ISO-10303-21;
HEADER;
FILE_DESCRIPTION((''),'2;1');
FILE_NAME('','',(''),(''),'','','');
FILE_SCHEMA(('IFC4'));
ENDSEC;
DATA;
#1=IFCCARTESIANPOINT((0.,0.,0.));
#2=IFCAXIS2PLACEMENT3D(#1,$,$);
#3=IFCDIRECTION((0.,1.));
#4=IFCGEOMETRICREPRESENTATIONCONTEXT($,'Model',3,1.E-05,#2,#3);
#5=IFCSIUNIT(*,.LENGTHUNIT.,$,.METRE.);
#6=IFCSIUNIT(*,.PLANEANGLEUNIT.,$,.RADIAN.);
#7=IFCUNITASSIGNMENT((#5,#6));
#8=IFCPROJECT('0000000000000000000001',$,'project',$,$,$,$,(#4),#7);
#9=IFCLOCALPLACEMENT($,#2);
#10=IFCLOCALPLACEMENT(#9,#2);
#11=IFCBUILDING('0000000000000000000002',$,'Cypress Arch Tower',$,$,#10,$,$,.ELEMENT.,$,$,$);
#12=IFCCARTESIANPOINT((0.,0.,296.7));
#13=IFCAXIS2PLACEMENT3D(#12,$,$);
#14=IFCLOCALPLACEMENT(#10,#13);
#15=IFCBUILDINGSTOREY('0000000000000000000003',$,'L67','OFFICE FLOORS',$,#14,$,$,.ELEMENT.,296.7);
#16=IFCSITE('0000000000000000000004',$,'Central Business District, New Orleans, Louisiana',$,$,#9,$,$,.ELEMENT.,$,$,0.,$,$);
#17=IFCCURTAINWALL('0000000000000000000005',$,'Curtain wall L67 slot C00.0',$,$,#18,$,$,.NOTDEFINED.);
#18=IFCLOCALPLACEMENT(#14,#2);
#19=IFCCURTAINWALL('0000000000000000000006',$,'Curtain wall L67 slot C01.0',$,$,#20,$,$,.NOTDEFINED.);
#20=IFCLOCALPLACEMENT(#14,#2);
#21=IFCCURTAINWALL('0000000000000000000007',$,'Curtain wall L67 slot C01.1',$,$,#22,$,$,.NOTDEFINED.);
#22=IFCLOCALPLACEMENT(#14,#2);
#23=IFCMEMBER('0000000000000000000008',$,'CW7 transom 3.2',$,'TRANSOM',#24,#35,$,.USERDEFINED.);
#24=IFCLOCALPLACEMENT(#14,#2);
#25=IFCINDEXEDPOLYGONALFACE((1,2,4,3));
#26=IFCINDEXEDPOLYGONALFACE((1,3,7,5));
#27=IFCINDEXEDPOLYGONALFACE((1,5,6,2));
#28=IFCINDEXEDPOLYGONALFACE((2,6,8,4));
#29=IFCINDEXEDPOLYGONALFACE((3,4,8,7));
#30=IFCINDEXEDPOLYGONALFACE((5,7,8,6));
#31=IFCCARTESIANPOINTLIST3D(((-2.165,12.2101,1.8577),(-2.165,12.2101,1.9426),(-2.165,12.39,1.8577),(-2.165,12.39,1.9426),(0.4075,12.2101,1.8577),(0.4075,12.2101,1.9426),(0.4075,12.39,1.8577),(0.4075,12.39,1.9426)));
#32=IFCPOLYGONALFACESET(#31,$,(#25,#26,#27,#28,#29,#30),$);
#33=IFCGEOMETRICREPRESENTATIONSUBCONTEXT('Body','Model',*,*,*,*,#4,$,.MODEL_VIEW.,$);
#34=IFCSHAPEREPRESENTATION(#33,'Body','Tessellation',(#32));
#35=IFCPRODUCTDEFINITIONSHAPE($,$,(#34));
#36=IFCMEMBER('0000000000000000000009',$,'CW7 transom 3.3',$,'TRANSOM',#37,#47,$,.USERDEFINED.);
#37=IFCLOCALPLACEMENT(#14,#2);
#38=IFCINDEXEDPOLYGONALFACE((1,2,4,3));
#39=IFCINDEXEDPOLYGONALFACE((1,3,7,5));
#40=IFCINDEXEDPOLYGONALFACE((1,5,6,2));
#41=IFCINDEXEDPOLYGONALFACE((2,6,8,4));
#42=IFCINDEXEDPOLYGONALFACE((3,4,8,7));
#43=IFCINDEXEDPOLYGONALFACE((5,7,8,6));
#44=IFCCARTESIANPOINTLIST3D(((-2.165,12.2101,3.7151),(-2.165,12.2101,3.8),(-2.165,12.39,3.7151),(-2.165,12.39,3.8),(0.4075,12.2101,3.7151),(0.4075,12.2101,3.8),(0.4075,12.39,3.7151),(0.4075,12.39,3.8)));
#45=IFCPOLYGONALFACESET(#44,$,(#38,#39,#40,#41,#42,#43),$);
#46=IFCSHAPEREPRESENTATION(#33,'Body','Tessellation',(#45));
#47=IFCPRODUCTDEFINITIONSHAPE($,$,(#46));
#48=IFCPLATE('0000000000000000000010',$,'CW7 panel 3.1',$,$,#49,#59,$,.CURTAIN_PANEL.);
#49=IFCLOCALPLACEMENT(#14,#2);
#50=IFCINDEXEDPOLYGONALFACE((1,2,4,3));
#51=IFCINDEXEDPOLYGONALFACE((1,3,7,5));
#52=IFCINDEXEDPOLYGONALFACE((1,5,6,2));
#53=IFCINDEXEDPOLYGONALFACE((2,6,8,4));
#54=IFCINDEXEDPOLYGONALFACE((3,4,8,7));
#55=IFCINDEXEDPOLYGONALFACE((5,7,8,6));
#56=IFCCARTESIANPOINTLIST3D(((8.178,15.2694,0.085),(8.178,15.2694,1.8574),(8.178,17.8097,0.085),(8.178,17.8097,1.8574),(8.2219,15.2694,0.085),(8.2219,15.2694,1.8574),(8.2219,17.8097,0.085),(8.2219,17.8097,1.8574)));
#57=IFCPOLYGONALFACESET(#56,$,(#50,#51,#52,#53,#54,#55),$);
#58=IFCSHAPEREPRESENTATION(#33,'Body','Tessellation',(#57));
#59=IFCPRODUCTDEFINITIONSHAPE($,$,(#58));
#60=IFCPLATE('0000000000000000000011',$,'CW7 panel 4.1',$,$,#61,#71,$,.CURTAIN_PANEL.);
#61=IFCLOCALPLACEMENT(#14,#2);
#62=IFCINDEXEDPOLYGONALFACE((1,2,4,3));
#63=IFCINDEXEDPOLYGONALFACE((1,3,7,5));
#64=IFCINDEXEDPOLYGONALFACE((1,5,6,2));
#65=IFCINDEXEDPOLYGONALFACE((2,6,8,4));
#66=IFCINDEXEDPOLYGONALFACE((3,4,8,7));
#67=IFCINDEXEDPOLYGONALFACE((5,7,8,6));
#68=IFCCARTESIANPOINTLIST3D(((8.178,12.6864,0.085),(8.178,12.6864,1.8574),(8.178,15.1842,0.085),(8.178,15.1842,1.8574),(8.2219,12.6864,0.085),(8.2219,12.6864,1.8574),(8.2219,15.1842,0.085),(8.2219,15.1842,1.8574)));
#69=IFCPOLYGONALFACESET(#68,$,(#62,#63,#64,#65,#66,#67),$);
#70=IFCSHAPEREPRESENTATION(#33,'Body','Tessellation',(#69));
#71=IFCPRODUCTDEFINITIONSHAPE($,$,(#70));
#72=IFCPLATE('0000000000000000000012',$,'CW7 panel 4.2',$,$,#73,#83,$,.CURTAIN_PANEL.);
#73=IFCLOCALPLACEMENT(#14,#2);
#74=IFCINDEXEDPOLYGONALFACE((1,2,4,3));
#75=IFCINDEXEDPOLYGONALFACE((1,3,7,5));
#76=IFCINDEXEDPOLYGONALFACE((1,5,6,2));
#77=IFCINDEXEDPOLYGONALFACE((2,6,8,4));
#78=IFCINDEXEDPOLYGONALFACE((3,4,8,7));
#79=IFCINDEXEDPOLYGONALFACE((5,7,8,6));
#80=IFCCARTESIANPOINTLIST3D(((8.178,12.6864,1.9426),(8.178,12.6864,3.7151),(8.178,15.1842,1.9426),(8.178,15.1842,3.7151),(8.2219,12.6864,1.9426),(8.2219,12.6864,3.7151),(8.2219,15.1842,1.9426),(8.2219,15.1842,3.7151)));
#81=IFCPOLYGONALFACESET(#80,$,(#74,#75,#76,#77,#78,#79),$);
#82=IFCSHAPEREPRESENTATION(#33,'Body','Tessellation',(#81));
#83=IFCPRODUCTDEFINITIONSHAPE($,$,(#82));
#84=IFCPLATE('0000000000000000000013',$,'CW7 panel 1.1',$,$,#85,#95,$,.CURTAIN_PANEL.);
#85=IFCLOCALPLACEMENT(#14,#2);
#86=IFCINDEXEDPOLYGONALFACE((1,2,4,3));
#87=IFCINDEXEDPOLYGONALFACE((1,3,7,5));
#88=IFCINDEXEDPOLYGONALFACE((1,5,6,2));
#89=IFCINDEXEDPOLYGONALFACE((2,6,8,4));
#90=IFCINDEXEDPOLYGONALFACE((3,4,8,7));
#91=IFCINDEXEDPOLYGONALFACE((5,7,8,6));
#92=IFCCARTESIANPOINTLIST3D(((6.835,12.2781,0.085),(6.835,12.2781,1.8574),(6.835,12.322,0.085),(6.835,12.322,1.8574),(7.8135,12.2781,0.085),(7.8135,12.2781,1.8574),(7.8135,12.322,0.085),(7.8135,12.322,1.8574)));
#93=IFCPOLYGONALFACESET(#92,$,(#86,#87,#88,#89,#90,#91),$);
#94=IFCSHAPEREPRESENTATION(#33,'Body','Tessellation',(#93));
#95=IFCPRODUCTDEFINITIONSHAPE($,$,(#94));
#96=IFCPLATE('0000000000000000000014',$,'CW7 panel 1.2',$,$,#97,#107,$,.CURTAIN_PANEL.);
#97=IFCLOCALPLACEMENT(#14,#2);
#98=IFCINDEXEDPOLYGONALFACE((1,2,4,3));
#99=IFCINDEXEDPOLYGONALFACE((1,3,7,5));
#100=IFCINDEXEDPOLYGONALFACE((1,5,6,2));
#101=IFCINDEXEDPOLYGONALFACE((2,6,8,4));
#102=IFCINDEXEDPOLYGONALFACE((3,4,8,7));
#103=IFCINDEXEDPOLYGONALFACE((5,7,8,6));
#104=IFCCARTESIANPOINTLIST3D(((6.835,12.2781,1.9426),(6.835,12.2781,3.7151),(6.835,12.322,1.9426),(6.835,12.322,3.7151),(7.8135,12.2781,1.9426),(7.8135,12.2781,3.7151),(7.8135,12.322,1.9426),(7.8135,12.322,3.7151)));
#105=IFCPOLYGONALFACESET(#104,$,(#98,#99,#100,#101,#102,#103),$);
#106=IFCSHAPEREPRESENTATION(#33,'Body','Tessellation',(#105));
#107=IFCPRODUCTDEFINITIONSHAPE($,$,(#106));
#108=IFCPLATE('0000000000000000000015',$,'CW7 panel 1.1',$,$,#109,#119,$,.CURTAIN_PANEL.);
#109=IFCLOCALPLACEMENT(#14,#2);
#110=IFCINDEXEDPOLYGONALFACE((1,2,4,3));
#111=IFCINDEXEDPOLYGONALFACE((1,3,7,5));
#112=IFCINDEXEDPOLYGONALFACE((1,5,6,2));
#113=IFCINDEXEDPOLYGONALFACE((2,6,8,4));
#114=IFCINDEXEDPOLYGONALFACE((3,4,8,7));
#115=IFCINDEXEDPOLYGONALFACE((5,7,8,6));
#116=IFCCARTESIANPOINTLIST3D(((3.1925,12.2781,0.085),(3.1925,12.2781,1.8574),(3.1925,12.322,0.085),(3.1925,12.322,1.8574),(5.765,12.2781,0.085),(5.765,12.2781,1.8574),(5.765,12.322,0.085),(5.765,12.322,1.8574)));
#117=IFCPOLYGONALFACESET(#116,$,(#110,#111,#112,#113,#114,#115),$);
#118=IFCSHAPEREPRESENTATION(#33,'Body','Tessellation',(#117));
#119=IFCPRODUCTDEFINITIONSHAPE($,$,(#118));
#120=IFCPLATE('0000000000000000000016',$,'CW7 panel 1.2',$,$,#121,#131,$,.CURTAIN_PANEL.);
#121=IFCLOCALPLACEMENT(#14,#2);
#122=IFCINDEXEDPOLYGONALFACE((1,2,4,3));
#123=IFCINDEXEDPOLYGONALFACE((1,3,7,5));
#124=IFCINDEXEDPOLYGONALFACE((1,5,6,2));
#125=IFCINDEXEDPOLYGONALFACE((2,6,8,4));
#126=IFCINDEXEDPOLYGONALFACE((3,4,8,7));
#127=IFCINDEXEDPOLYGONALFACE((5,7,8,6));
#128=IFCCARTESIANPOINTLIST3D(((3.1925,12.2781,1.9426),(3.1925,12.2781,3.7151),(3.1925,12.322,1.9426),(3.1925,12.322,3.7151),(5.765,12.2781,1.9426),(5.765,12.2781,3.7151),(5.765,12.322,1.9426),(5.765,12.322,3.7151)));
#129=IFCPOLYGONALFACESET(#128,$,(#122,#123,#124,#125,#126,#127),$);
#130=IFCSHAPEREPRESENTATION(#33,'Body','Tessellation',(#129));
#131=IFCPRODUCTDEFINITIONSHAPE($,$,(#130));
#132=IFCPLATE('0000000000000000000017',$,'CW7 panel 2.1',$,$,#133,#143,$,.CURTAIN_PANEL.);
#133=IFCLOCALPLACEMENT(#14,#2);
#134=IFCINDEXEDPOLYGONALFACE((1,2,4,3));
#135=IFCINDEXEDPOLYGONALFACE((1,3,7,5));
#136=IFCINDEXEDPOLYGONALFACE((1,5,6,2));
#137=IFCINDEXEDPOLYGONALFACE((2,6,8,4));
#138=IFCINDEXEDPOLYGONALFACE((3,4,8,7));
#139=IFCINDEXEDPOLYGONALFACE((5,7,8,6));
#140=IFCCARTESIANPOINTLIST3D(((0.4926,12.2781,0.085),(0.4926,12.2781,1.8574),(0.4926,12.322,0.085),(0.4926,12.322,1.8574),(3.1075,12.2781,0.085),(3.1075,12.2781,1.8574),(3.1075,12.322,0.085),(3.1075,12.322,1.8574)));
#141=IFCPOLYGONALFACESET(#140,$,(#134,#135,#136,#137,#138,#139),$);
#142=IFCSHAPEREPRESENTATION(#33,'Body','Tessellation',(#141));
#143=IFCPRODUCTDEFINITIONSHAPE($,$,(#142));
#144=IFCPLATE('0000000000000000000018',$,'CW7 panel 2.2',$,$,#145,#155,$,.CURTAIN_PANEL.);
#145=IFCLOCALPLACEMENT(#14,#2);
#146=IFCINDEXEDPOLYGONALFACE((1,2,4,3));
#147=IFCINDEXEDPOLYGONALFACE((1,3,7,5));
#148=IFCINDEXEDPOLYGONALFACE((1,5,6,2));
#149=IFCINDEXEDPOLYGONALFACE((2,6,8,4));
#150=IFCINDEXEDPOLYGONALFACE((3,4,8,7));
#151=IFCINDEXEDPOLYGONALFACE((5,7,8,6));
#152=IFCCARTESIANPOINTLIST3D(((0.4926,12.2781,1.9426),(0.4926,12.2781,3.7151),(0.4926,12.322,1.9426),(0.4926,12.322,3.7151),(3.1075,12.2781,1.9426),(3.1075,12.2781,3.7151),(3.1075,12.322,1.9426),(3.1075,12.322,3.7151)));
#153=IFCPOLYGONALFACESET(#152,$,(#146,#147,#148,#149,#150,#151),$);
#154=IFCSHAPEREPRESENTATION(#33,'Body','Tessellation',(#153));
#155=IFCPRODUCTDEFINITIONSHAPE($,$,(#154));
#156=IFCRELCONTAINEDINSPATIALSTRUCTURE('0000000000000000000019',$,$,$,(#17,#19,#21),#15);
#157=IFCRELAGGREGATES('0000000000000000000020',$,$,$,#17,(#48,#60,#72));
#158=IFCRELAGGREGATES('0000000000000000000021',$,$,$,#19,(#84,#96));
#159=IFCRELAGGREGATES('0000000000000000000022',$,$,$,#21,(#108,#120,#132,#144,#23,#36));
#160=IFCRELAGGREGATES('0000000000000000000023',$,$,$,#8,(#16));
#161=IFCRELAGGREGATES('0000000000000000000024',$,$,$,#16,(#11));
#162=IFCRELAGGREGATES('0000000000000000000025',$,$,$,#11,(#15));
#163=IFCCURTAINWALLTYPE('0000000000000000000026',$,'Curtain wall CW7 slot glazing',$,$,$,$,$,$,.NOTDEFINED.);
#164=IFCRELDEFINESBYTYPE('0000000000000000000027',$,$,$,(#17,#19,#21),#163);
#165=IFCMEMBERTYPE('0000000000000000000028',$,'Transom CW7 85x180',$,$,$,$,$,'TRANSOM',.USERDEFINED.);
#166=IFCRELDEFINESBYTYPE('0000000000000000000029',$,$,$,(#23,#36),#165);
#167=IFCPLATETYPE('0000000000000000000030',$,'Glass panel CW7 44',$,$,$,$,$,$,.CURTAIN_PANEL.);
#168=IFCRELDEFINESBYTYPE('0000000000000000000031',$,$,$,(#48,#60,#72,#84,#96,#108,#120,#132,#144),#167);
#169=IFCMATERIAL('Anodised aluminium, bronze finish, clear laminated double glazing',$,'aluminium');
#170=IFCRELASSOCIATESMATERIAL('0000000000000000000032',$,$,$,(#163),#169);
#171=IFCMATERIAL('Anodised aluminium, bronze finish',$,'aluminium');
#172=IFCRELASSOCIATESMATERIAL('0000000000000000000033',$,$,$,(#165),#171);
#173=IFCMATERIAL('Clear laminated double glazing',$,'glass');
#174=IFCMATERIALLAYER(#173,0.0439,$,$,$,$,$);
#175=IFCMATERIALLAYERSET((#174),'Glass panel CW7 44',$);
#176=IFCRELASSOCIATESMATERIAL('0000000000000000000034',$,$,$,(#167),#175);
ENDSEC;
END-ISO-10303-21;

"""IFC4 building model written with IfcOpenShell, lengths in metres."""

from ifc_helpers import new_model, si_unit, direction, frame, origin, origin_2d, place, context, subcontext, project, spatial, rectangle, extrude, material, layer, layer_set, material_profile, profile_set, type_object, element, aggregate, save


model = new_model("IFC4")

# Units and contexts
model_context = context("Model", 3, precision=1e-05, world=origin(), true_north=direction((0.0, 1.0)))
body_context = subcontext(model_context, "Body", "Model", "MODEL_VIEW")
ifc_project = project(units=[si_unit("LENGTHUNIT", "METRE"), si_unit("PLANEANGLEUNIT", "RADIAN")], contexts=[model_context])

# Site, building, storey
site_placement = place(None, origin())
site = spatial("IfcSite", under=ifc_project, at=site_placement, Name="Central Business District, New Orleans, Louisiana", CompositionType="ELEMENT", RefElevation=0.0)
building_placement = place(site_placement, origin())
building = spatial("IfcBuilding", under=site, at=building_placement, Name="Cypress Arch Tower", CompositionType="ELEMENT")
storey_placement = place(building_placement, frame((0.0, 0.0, 296.7)))
storey = spatial("IfcBuildingStorey", under=building, at=storey_placement, Name="L67", Description="OFFICE FLOORS", CompositionType="ELEMENT", Elevation=296.7)

# Curtain walls
ifc_material_1 = material(Name="Anodised aluminium, bronze finish, clear laminated double glazing", Category="aluminium")
curtain_wall_type = type_object("IfcCurtainWallType", Name="Curtain wall CW7 slot glazing", PredefinedType="NOTDEFINED", material=ifc_material_1)
curtain_wall_1_placement = place(storey_placement, origin())
curtain_wall_1 = element("IfcCurtainWall", 1, at=curtain_wall_1_placement, inside=storey, type_object=curtain_wall_type, Name="Curtain wall L67 slot C00.0", PredefinedType="NOTDEFINED")
curtain_wall_2_placement = place(storey_placement, origin())
curtain_wall_2 = element("IfcCurtainWall", 2, at=curtain_wall_2_placement, inside=storey, type_object=curtain_wall_type, Name="Curtain wall L67 slot C01.0", PredefinedType="NOTDEFINED")
curtain_wall_3_placement = place(storey_placement, origin())
curtain_wall_3 = element("IfcCurtainWall", 3, at=curtain_wall_3_placement, inside=storey, type_object=curtain_wall_type, Name="Curtain wall L67 slot C01.1", PredefinedType="NOTDEFINED")

# Members
ifc_material_2 = material(Name="Anodised aluminium, bronze finish", Category="aluminium")
ifc_material_profile_1 = material_profile(ifc_material_2, rectangle(XDim=0.1799, YDim=0.085, at=origin_2d()), Name="Transom 85x180")
ifc_profile_set_1 = profile_set([ifc_material_profile_1], Name="Anodised aluminium, bronze finish")
member_type_1 = type_object("IfcMemberType", Name="Transom CW7 85x180", ElementType="TRANSOM", PredefinedType="USERDEFINED", material=ifc_profile_set_1)
member_1_placement = place(storey_placement, frame((0.4075, 12.3, 1.9001), z_axis=(-1.0, 0.0, 0.0), x_axis=(0.0, -1.0, 0.0)))
member_1 = element("IfcMember", 4, at=member_1_placement, type_object=member_type_1, Name="CW7 transom 3.2", ObjectType="TRANSOM", PredefinedType="USERDEFINED", context=body_context, shape_type="SweptSolid", body=[
    extrude(rectangle(XDim=0.1799, YDim=0.085, at=origin_2d()), origin(), (0.0, 0.0, 1.0), 2.5725),
])
member_2_placement = place(storey_placement, frame((0.4075, 12.3, 3.7576), z_axis=(-1.0, 0.0, 0.0), x_axis=(0.0, -1.0, 0.0)))
member_2 = element("IfcMember", 5, at=member_2_placement, type_object=member_type_1, Name="CW7 transom 3.3", ObjectType="TRANSOM", PredefinedType="USERDEFINED", context=body_context, shape_type="SweptSolid", body=[
    extrude(rectangle(XDim=0.1799, YDim=0.085, at=origin_2d()), origin(), (0.0, 0.0, 1.0), 2.5725),
])

# Plates
ifc_material_3 = material(Name="Clear laminated double glazing", Category="glass")
ifc_layer = layer(ifc_material_3, 0.0439)
ifc_layer_set = layer_set([ifc_layer], Name="Glass panel CW7 44")
plate_type = type_object("IfcPlateType", Name="Glass panel CW7 44", PredefinedType="CURTAIN_PANEL", material=ifc_layer_set)
plate_1_placement = place(storey_placement, frame((8.2, 16.5396, 0.085), z_axis=(0.0, 0.0, 1.0), x_axis=(0.0, -1.0, 0.0)))
plate_1 = element("IfcPlate", 6, at=plate_1_placement, type_object=plate_type, Name="CW7 panel 3.1", PredefinedType="CURTAIN_PANEL", context=body_context, shape_type="SweptSolid", body=[
    extrude(rectangle(XDim=2.5403, YDim=0.0439, at=origin_2d()), origin(), (0.0, 0.0, 1.0), 1.7725),
])
plate_2_placement = place(storey_placement, frame((8.2, 13.9353, 0.085), z_axis=(0.0, 0.0, 1.0), x_axis=(0.0, -1.0, 0.0)))
plate_2 = element("IfcPlate", 7, at=plate_2_placement, type_object=plate_type, Name="CW7 panel 4.1", PredefinedType="CURTAIN_PANEL", context=body_context, shape_type="SweptSolid", body=[
    extrude(rectangle(XDim=2.4978, YDim=0.0439, at=origin_2d()), origin(), (0.0, 0.0, 1.0), 1.7725),
])
plate_3_placement = place(storey_placement, frame((8.2, 13.9353, 1.9426), z_axis=(0.0, 0.0, 1.0), x_axis=(0.0, -1.0, 0.0)))
plate_3 = element("IfcPlate", 8, at=plate_3_placement, type_object=plate_type, Name="CW7 panel 4.2", PredefinedType="CURTAIN_PANEL", context=body_context, shape_type="SweptSolid", body=[
    extrude(rectangle(XDim=2.4978, YDim=0.0439, at=origin_2d()), origin(), (0.0, 0.0, 1.0), 1.7725),
])
aggregate(curtain_wall_1, [plate_1, plate_2, plate_3])
plate_4_placement = place(storey_placement, frame((7.3242, 12.3, 0.085), z_axis=(0.0, 0.0, 1.0), x_axis=(-1.0, 0.0, 0.0)))
plate_4 = element("IfcPlate", 9, at=plate_4_placement, type_object=plate_type, Name="CW7 panel 1.1", PredefinedType="CURTAIN_PANEL", context=body_context, shape_type="SweptSolid", body=[
    extrude(rectangle(XDim=0.9785, YDim=0.0439, at=origin_2d()), origin(), (0.0, 0.0, 1.0), 1.7725),
])
plate_5_placement = place(storey_placement, frame((7.3242, 12.3, 1.9426), z_axis=(0.0, 0.0, 1.0), x_axis=(-1.0, 0.0, 0.0)))
plate_5 = element("IfcPlate", 10, at=plate_5_placement, type_object=plate_type, Name="CW7 panel 1.2", PredefinedType="CURTAIN_PANEL", context=body_context, shape_type="SweptSolid", body=[
    extrude(rectangle(XDim=0.9785, YDim=0.0439, at=origin_2d()), origin(), (0.0, 0.0, 1.0), 1.7725),
])
aggregate(curtain_wall_2, [plate_4, plate_5])
plate_6_placement = place(storey_placement, frame((4.4788, 12.3, 0.085), z_axis=(0.0, 0.0, 1.0), x_axis=(-1.0, 0.0, 0.0)))
plate_6 = element("IfcPlate", 11, at=plate_6_placement, type_object=plate_type, Name="CW7 panel 1.1", PredefinedType="CURTAIN_PANEL", context=body_context, shape_type="SweptSolid", body=[
    extrude(rectangle(XDim=2.5725, YDim=0.0439, at=origin_2d()), origin(), (0.0, 0.0, 1.0), 1.7725),
])
plate_7_placement = place(storey_placement, frame((4.4788, 12.3, 1.9426), z_axis=(0.0, 0.0, 1.0), x_axis=(-1.0, 0.0, 0.0)))
plate_7 = element("IfcPlate", 12, at=plate_7_placement, type_object=plate_type, Name="CW7 panel 1.2", PredefinedType="CURTAIN_PANEL", context=body_context, shape_type="SweptSolid", body=[
    extrude(rectangle(XDim=2.5725, YDim=0.0439, at=origin_2d()), origin(), (0.0, 0.0, 1.0), 1.7725),
])
plate_8_placement = place(storey_placement, frame((1.8, 12.3, 0.085), z_axis=(0.0, 0.0, 1.0), x_axis=(-1.0, 0.0, 0.0)))
plate_8 = element("IfcPlate", 13, at=plate_8_placement, type_object=plate_type, Name="CW7 panel 2.1", PredefinedType="CURTAIN_PANEL", context=body_context, shape_type="SweptSolid", body=[
    extrude(rectangle(XDim=2.615, YDim=0.0439, at=origin_2d()), origin(), (0.0, 0.0, 1.0), 1.7725),
])
plate_9_placement = place(storey_placement, frame((1.8, 12.3, 1.9426), z_axis=(0.0, 0.0, 1.0), x_axis=(-1.0, 0.0, 0.0)))
plate_9 = element("IfcPlate", 14, at=plate_9_placement, type_object=plate_type, Name="CW7 panel 2.2", PredefinedType="CURTAIN_PANEL", context=body_context, shape_type="SweptSolid", body=[
    extrude(rectangle(XDim=2.615, YDim=0.0439, at=origin_2d()), origin(), (0.0, 0.0, 1.0), 1.7725),
])
aggregate(curtain_wall_3, [plate_6, plate_7, plate_8, plate_9, member_1, member_2])

save(model, "model.ifc")
